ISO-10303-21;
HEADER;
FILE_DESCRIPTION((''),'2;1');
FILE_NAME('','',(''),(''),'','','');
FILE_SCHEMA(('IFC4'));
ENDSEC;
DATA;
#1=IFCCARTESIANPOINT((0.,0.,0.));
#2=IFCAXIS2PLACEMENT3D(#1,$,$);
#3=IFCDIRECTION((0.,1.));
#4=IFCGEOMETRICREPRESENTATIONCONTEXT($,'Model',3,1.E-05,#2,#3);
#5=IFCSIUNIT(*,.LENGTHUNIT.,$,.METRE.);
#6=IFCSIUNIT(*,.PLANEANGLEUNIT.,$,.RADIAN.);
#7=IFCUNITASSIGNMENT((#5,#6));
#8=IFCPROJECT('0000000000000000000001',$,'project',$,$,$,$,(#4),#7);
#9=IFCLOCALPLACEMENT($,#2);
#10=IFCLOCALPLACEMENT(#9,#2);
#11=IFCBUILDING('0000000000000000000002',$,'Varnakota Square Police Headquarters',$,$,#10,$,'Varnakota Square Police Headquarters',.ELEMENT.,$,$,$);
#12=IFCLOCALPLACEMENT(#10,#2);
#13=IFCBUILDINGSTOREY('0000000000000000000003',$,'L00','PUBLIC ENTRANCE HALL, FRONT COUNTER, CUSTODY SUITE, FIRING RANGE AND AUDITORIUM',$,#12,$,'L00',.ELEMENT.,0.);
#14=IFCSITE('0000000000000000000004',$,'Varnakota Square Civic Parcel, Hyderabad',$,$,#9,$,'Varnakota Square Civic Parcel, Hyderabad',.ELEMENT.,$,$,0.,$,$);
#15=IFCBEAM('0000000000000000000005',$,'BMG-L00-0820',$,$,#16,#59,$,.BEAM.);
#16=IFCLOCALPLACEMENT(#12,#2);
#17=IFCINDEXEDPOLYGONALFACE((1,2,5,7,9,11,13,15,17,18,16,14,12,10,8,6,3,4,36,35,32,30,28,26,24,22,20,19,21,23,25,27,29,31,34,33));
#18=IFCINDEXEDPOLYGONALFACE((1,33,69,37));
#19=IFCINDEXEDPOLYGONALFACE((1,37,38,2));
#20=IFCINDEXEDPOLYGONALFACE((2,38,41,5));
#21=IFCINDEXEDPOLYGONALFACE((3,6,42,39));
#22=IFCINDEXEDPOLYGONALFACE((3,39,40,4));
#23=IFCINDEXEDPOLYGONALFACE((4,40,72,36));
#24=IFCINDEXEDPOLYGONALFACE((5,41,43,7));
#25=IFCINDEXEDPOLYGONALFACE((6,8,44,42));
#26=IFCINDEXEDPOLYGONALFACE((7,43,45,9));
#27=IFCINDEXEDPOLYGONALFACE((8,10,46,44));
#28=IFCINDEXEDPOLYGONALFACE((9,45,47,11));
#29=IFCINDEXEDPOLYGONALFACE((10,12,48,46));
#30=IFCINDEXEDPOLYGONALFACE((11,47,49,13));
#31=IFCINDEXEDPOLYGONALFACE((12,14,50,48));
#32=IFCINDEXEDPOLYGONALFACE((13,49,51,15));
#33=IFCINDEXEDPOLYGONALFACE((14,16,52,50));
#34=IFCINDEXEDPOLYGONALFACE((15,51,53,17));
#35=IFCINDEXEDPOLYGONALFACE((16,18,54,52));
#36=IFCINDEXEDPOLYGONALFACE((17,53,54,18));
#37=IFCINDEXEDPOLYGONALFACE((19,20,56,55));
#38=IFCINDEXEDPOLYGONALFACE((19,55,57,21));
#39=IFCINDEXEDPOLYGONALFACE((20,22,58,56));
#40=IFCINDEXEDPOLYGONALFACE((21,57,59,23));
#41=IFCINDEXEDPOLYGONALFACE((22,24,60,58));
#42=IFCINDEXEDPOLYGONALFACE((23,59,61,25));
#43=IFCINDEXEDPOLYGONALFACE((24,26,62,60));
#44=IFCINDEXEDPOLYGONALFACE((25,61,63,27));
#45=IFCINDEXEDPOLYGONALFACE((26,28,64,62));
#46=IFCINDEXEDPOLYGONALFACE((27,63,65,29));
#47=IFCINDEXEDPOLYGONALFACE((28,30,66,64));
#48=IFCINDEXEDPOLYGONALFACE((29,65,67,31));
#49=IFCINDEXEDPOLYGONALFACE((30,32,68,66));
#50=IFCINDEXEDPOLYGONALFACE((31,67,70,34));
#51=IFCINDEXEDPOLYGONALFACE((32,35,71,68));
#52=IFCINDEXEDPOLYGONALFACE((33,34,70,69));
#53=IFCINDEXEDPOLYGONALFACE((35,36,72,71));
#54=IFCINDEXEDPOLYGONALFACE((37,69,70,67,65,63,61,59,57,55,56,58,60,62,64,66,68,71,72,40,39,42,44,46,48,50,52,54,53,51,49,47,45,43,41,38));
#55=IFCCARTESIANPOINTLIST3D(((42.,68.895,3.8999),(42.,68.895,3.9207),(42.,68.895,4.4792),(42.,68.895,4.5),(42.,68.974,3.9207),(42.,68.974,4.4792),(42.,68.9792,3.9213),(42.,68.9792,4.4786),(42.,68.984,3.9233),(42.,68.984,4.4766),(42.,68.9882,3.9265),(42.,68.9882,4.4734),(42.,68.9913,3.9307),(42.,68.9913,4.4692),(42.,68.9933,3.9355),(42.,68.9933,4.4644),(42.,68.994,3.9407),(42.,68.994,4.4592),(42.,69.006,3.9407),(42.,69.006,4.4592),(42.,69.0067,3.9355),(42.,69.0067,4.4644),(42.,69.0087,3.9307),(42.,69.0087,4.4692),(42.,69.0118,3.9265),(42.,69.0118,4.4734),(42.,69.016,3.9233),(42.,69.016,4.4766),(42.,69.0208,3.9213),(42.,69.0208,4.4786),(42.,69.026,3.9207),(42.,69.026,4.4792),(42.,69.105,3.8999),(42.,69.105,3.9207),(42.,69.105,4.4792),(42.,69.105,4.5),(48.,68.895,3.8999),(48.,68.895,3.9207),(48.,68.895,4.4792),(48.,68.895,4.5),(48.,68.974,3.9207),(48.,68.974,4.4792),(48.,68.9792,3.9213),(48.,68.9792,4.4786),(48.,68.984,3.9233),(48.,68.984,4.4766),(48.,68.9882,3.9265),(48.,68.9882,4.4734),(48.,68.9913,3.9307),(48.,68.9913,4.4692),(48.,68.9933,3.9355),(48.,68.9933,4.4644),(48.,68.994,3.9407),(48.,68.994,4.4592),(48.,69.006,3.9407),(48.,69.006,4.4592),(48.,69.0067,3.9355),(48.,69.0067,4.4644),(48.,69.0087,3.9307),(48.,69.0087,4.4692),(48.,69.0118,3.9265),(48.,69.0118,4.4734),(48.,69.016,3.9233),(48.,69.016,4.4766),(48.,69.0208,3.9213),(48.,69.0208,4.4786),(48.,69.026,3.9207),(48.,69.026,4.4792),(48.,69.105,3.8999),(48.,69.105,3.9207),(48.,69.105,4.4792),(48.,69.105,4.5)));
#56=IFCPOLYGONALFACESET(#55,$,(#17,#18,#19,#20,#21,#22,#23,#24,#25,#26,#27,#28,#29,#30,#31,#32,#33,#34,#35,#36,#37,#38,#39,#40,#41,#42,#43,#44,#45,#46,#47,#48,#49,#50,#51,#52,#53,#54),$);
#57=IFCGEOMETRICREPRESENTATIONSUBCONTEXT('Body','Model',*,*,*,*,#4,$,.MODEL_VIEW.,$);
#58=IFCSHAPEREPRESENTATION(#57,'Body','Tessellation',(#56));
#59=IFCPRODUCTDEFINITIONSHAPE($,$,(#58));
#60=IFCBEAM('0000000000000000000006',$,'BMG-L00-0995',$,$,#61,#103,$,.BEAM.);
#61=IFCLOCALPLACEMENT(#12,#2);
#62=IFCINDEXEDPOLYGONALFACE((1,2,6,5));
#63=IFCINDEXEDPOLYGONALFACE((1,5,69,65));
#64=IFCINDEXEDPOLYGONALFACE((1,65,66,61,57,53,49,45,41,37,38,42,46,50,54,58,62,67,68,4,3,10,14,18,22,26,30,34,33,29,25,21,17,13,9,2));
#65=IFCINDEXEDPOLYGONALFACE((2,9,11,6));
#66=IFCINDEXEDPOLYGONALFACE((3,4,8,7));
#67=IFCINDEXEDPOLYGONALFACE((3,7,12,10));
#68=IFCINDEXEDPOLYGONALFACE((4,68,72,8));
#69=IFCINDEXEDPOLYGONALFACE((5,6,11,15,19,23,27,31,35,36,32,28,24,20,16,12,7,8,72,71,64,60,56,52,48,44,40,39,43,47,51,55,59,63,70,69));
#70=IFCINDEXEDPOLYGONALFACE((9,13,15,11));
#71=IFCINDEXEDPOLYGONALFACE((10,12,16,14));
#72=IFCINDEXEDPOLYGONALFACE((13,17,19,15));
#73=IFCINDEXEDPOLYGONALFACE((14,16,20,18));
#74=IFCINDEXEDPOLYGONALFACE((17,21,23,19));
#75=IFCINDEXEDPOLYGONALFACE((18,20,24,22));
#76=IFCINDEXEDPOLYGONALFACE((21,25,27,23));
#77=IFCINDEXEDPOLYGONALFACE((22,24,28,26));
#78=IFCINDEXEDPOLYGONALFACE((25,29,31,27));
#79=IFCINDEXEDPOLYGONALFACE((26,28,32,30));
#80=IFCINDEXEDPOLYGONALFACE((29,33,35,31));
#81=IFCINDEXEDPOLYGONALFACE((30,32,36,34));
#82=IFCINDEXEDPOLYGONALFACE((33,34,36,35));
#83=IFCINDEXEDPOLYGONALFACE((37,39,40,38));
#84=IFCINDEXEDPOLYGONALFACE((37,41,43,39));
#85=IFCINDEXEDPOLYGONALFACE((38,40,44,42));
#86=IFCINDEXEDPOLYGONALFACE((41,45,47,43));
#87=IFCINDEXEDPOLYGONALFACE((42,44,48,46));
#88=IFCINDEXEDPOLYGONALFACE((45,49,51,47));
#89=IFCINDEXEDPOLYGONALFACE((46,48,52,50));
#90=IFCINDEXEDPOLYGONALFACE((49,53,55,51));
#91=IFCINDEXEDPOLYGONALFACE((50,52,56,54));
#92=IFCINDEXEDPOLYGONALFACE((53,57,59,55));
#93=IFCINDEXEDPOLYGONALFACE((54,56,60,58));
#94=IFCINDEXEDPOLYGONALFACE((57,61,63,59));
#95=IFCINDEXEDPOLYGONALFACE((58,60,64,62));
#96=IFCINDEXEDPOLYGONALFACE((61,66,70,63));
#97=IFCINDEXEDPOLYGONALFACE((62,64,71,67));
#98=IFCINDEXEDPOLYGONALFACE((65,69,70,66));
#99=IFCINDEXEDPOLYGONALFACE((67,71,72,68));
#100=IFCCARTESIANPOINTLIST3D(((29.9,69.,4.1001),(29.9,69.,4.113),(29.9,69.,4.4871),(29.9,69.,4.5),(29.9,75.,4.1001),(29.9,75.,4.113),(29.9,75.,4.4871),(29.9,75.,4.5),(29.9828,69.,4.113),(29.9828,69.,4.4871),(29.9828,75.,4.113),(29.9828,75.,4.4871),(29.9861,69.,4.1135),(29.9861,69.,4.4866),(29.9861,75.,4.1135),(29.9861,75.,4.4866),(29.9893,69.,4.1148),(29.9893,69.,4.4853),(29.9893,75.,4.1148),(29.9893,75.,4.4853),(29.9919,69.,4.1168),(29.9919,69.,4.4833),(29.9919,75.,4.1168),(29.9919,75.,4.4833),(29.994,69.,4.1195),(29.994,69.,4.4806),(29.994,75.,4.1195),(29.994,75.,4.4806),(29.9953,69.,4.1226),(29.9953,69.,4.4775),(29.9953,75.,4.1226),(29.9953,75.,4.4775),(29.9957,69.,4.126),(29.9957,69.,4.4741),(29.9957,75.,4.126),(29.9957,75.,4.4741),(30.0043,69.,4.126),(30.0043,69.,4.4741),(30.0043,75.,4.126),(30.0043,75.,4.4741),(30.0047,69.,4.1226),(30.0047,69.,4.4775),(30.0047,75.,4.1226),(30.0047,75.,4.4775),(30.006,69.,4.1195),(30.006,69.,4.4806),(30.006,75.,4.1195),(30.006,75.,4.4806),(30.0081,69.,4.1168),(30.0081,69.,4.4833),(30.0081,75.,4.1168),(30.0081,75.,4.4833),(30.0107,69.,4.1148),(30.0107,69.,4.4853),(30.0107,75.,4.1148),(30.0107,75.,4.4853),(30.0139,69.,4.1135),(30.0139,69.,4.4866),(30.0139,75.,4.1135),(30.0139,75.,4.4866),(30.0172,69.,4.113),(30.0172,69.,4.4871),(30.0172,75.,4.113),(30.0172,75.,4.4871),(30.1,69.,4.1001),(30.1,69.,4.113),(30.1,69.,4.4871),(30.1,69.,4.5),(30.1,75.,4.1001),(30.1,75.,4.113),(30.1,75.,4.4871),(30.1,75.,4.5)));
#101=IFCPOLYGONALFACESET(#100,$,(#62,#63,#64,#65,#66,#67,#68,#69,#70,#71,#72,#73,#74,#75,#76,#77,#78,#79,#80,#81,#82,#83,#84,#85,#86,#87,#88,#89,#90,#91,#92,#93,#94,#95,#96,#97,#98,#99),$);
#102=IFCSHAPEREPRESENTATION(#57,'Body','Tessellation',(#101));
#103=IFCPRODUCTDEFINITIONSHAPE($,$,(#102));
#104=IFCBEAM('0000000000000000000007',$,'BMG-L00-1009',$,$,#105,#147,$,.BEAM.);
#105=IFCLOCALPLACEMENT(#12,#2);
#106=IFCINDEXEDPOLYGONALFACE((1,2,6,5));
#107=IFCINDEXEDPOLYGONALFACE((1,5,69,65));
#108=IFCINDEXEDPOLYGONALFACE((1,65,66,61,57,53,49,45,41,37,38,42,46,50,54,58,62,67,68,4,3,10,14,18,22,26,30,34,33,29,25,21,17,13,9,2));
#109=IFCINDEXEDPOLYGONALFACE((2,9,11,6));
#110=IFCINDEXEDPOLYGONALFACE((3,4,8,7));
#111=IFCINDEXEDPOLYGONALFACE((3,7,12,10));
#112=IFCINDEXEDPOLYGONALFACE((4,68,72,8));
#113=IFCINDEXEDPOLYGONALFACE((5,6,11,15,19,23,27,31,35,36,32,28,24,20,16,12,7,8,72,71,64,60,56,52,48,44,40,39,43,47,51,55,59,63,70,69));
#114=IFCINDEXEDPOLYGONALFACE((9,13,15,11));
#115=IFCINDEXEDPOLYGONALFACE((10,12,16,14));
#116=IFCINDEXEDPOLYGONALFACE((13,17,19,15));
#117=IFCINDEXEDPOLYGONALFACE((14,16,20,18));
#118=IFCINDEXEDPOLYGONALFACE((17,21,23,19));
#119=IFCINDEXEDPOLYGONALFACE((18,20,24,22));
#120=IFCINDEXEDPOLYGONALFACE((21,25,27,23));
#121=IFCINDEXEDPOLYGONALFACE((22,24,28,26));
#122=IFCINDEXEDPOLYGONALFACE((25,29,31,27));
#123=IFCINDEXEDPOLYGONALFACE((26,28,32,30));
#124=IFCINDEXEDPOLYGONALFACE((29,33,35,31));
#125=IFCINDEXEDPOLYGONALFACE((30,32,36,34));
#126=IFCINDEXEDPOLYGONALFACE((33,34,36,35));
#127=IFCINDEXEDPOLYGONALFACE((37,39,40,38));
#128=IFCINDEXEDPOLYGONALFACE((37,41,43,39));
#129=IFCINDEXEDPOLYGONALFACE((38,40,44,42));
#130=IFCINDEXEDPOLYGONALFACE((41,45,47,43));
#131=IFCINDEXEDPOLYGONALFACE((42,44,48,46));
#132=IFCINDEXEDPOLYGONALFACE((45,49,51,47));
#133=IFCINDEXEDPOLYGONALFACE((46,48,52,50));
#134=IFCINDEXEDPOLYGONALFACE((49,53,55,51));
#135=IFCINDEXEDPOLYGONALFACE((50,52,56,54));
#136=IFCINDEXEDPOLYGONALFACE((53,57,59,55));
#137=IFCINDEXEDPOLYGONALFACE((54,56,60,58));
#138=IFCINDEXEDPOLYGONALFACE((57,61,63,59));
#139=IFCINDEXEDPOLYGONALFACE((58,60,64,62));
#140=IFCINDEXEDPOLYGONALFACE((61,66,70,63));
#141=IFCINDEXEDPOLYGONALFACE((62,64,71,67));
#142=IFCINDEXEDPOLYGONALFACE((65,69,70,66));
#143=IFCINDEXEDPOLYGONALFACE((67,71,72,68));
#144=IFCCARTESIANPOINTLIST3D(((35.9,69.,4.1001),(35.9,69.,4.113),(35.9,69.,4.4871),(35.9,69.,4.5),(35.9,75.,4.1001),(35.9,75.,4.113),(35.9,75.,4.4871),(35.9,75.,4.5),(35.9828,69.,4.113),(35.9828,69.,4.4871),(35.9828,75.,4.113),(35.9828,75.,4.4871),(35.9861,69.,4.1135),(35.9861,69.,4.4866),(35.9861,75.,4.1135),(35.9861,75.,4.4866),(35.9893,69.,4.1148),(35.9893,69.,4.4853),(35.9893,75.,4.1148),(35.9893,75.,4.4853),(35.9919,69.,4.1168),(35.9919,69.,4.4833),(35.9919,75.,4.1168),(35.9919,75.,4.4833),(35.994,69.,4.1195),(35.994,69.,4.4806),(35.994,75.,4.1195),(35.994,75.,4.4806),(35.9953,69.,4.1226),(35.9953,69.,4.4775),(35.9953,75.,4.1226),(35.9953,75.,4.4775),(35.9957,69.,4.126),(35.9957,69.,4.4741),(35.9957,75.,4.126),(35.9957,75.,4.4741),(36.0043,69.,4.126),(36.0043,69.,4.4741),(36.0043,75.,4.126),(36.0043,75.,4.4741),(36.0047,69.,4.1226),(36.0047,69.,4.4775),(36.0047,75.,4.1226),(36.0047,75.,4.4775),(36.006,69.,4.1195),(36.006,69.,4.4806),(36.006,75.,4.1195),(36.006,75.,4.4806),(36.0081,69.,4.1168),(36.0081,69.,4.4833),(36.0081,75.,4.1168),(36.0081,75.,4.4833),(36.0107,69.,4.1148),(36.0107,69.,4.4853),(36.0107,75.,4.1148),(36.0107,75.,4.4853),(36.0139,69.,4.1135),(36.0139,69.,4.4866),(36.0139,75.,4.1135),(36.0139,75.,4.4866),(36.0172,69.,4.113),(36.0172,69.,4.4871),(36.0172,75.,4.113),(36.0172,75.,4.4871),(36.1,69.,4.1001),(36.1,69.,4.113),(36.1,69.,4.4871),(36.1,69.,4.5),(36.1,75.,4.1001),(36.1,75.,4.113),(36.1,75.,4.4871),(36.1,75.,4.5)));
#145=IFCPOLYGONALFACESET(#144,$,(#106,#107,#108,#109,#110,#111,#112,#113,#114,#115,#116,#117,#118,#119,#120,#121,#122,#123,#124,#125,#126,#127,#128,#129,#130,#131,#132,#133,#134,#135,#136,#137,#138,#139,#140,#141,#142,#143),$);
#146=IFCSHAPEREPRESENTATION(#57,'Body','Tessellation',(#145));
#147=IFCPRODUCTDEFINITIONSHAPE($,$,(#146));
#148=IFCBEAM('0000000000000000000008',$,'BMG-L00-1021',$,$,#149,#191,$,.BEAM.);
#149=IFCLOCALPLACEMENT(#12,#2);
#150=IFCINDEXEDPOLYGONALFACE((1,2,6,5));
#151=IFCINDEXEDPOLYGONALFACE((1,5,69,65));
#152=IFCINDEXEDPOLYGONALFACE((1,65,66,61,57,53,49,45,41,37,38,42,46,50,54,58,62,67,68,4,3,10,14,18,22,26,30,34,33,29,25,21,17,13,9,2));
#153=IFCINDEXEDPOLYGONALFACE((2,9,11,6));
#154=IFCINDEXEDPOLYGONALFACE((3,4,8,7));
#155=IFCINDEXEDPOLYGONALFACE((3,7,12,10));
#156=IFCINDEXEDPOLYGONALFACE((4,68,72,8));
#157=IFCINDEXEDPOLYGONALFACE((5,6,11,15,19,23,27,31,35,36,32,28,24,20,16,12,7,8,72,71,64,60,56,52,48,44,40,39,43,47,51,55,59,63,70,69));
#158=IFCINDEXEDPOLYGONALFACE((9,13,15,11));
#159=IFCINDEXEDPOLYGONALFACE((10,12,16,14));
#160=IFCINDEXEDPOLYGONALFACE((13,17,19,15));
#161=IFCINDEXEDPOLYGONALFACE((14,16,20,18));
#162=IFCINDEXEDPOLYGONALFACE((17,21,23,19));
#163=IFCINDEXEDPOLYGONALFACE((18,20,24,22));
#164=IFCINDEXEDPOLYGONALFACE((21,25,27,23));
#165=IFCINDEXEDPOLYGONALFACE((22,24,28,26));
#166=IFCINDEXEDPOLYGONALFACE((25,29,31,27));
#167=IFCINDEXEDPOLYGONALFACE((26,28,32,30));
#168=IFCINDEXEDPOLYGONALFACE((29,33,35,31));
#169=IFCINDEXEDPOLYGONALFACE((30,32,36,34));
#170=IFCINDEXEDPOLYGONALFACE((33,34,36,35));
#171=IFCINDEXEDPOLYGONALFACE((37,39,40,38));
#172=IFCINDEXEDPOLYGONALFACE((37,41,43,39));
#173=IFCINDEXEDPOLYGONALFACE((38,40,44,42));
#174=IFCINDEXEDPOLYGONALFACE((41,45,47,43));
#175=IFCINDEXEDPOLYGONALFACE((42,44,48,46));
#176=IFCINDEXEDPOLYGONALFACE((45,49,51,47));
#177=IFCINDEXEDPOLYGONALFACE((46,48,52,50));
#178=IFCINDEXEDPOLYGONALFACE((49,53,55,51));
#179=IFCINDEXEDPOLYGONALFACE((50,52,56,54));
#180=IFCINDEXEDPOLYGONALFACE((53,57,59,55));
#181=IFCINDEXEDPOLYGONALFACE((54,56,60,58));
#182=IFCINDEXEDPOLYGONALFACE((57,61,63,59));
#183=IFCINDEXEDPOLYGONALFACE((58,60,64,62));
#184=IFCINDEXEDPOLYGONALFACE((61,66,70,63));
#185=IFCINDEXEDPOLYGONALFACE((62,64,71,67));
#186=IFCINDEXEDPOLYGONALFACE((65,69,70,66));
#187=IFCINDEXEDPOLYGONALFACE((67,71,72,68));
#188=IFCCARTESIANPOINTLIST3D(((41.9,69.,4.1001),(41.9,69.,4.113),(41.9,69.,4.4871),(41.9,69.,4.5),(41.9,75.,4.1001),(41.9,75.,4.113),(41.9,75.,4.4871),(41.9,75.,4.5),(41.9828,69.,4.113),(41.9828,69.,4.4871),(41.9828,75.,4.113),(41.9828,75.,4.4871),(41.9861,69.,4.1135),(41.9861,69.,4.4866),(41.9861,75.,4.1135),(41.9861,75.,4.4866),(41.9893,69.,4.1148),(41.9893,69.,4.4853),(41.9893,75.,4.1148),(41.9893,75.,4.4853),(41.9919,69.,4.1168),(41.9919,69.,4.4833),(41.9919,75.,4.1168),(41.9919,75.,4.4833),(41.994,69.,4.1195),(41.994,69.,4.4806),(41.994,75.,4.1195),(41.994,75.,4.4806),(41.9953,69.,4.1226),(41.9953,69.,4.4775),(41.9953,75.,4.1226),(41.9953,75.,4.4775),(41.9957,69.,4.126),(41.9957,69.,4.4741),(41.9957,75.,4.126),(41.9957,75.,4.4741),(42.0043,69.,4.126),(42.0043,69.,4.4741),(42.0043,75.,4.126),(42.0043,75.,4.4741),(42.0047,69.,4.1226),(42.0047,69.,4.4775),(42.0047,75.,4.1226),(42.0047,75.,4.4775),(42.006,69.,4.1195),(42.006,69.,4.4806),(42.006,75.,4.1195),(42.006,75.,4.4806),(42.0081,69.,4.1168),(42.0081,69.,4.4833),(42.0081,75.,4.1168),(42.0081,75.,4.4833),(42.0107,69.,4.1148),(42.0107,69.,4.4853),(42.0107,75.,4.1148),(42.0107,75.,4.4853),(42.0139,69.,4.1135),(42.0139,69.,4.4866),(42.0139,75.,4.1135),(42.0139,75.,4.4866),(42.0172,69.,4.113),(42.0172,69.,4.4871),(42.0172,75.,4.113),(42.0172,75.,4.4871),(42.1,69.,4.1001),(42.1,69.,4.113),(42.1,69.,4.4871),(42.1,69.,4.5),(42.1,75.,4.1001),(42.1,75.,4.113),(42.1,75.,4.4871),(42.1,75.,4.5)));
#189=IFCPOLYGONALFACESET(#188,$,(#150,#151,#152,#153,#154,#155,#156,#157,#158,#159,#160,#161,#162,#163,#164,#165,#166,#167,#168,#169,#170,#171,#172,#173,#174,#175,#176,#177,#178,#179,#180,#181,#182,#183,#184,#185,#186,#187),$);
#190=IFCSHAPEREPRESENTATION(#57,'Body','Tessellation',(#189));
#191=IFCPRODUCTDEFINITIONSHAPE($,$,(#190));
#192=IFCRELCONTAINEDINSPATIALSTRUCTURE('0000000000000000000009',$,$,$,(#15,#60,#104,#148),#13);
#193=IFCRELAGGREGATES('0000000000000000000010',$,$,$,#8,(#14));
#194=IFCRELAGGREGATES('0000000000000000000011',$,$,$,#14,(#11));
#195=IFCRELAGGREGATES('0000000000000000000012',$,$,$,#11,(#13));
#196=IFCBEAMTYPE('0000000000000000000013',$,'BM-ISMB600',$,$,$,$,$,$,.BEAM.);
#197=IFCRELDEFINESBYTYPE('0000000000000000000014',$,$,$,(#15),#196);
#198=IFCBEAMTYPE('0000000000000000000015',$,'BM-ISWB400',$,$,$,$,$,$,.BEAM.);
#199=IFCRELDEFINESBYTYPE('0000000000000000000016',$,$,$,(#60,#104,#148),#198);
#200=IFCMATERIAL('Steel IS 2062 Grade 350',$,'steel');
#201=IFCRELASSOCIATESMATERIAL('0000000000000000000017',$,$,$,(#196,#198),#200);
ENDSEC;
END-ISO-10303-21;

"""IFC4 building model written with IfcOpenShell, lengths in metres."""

from ifc_helpers import new_model, si_unit, direction, frame, origin, origin_2d, place, context, subcontext, project, spatial, i_section, extrude, material, material_profile, profile_set, type_object, element, save


model = new_model("IFC4")

# Units and contexts
model_context = context("Model", 3, precision=1e-05, world=origin(), true_north=direction((0.0, 1.0)))
body_context = subcontext(model_context, "Body", "Model", "MODEL_VIEW")
ifc_project = project(units=[si_unit("LENGTHUNIT", "METRE"), si_unit("PLANEANGLEUNIT", "RADIAN")], contexts=[model_context])

# Site, building, storey
site_placement = place(None, origin())
site = spatial("IfcSite", under=ifc_project, at=site_placement, Name="Varnakota Square Civic Parcel, Hyderabad", LongName="Varnakota Square Civic Parcel, Hyderabad", CompositionType="ELEMENT", RefElevation=0.0)
building_placement = place(site_placement, origin())
building = spatial("IfcBuilding", under=site, at=building_placement, Name="Varnakota Square Police Headquarters", LongName="Varnakota Square Police Headquarters", CompositionType="ELEMENT")
storey_placement = place(building_placement, origin())
storey = spatial("IfcBuildingStorey", under=building, at=storey_placement, Name="L00", Description="PUBLIC ENTRANCE HALL, FRONT COUNTER, CUSTODY SUITE, FIRING RANGE AND AUDITORIUM", LongName="L00", CompositionType="ELEMENT", Elevation=0.0)

# Beams
ifc_material_1 = material(Name="Steel IS 2062 Grade 350", Category="steel")
ifc_material_profile_1 = material_profile(ifc_material_1, i_section(OverallWidth=0.21, OverallDepth=0.6001, WebThickness=0.012, FlangeThickness=0.0208, FilletRadius=0.02, at=origin_2d()), Name="ISMB 600")
ifc_profile_set_1 = profile_set([ifc_material_profile_1], Name="Steel IS 2062 Grade 350")
beam_type_1 = type_object("IfcBeamType", Name="BM-ISMB600", PredefinedType="BEAM", material=ifc_profile_set_1)
beam_1_placement = place(storey_placement, frame((42.0, 69.0, 4.2), z_axis=(1.0, 0.0, 0.0), x_axis=(0.0, 1.0, 0.0)))
element("IfcBeam", 1, at=beam_1_placement, inside=storey, type_object=beam_type_1, Name="BMG-L00-0820", PredefinedType="BEAM", context=body_context, shape_type="SweptSolid", body=[
    extrude(i_section(OverallWidth=0.21, OverallDepth=0.6001, WebThickness=0.012, FlangeThickness=0.0208, FilletRadius=0.02, at=origin_2d()), origin(), (0.0, 0.0, 1.0), 6.0),
])
ifc_material_profile_2 = material_profile(ifc_material_1, i_section(OverallWidth=0.2, OverallDepth=0.3999, WebThickness=0.0085, FlangeThickness=0.0129, FilletRadius=0.0129, at=origin_2d()), Name="ISWB 400")
ifc_profile_set_2 = profile_set([ifc_material_profile_2], Name="Steel IS 2062 Grade 350")
beam_type_2 = type_object("IfcBeamType", Name="BM-ISWB400", PredefinedType="BEAM", material=ifc_profile_set_2)
for number, where, z_axis, x_axis, name in (
    (2, (30.0, 69.0, 4.3), (0.0, 1.0, 0.0), (-1.0, 0.0, 0.0), "BMG-L00-0995"),
    (3, (36.0, 69.0, 4.3), (0.0, 1.0, 0.0), (-1.0, 0.0, 0.0), "BMG-L00-1009"),
    (4, (42.0, 69.0, 4.3), (0.0, 1.0, 0.0), (-1.0, 0.0, 0.0), "BMG-L00-1021"),
):
    element("IfcBeam", number, at=place(storey_placement, frame(where, z_axis=z_axis, x_axis=x_axis)), inside=storey, type_object=beam_type_2, Name=name, PredefinedType="BEAM", context=body_context, shape_type="SweptSolid", body=[
        extrude(i_section(OverallWidth=0.2, OverallDepth=0.3999, WebThickness=0.0085, FlangeThickness=0.0129, FilletRadius=0.0129, at=origin_2d()), origin(), (0.0, 0.0, 1.0), 6.0),
    ])

save(model, "model.ifc")
